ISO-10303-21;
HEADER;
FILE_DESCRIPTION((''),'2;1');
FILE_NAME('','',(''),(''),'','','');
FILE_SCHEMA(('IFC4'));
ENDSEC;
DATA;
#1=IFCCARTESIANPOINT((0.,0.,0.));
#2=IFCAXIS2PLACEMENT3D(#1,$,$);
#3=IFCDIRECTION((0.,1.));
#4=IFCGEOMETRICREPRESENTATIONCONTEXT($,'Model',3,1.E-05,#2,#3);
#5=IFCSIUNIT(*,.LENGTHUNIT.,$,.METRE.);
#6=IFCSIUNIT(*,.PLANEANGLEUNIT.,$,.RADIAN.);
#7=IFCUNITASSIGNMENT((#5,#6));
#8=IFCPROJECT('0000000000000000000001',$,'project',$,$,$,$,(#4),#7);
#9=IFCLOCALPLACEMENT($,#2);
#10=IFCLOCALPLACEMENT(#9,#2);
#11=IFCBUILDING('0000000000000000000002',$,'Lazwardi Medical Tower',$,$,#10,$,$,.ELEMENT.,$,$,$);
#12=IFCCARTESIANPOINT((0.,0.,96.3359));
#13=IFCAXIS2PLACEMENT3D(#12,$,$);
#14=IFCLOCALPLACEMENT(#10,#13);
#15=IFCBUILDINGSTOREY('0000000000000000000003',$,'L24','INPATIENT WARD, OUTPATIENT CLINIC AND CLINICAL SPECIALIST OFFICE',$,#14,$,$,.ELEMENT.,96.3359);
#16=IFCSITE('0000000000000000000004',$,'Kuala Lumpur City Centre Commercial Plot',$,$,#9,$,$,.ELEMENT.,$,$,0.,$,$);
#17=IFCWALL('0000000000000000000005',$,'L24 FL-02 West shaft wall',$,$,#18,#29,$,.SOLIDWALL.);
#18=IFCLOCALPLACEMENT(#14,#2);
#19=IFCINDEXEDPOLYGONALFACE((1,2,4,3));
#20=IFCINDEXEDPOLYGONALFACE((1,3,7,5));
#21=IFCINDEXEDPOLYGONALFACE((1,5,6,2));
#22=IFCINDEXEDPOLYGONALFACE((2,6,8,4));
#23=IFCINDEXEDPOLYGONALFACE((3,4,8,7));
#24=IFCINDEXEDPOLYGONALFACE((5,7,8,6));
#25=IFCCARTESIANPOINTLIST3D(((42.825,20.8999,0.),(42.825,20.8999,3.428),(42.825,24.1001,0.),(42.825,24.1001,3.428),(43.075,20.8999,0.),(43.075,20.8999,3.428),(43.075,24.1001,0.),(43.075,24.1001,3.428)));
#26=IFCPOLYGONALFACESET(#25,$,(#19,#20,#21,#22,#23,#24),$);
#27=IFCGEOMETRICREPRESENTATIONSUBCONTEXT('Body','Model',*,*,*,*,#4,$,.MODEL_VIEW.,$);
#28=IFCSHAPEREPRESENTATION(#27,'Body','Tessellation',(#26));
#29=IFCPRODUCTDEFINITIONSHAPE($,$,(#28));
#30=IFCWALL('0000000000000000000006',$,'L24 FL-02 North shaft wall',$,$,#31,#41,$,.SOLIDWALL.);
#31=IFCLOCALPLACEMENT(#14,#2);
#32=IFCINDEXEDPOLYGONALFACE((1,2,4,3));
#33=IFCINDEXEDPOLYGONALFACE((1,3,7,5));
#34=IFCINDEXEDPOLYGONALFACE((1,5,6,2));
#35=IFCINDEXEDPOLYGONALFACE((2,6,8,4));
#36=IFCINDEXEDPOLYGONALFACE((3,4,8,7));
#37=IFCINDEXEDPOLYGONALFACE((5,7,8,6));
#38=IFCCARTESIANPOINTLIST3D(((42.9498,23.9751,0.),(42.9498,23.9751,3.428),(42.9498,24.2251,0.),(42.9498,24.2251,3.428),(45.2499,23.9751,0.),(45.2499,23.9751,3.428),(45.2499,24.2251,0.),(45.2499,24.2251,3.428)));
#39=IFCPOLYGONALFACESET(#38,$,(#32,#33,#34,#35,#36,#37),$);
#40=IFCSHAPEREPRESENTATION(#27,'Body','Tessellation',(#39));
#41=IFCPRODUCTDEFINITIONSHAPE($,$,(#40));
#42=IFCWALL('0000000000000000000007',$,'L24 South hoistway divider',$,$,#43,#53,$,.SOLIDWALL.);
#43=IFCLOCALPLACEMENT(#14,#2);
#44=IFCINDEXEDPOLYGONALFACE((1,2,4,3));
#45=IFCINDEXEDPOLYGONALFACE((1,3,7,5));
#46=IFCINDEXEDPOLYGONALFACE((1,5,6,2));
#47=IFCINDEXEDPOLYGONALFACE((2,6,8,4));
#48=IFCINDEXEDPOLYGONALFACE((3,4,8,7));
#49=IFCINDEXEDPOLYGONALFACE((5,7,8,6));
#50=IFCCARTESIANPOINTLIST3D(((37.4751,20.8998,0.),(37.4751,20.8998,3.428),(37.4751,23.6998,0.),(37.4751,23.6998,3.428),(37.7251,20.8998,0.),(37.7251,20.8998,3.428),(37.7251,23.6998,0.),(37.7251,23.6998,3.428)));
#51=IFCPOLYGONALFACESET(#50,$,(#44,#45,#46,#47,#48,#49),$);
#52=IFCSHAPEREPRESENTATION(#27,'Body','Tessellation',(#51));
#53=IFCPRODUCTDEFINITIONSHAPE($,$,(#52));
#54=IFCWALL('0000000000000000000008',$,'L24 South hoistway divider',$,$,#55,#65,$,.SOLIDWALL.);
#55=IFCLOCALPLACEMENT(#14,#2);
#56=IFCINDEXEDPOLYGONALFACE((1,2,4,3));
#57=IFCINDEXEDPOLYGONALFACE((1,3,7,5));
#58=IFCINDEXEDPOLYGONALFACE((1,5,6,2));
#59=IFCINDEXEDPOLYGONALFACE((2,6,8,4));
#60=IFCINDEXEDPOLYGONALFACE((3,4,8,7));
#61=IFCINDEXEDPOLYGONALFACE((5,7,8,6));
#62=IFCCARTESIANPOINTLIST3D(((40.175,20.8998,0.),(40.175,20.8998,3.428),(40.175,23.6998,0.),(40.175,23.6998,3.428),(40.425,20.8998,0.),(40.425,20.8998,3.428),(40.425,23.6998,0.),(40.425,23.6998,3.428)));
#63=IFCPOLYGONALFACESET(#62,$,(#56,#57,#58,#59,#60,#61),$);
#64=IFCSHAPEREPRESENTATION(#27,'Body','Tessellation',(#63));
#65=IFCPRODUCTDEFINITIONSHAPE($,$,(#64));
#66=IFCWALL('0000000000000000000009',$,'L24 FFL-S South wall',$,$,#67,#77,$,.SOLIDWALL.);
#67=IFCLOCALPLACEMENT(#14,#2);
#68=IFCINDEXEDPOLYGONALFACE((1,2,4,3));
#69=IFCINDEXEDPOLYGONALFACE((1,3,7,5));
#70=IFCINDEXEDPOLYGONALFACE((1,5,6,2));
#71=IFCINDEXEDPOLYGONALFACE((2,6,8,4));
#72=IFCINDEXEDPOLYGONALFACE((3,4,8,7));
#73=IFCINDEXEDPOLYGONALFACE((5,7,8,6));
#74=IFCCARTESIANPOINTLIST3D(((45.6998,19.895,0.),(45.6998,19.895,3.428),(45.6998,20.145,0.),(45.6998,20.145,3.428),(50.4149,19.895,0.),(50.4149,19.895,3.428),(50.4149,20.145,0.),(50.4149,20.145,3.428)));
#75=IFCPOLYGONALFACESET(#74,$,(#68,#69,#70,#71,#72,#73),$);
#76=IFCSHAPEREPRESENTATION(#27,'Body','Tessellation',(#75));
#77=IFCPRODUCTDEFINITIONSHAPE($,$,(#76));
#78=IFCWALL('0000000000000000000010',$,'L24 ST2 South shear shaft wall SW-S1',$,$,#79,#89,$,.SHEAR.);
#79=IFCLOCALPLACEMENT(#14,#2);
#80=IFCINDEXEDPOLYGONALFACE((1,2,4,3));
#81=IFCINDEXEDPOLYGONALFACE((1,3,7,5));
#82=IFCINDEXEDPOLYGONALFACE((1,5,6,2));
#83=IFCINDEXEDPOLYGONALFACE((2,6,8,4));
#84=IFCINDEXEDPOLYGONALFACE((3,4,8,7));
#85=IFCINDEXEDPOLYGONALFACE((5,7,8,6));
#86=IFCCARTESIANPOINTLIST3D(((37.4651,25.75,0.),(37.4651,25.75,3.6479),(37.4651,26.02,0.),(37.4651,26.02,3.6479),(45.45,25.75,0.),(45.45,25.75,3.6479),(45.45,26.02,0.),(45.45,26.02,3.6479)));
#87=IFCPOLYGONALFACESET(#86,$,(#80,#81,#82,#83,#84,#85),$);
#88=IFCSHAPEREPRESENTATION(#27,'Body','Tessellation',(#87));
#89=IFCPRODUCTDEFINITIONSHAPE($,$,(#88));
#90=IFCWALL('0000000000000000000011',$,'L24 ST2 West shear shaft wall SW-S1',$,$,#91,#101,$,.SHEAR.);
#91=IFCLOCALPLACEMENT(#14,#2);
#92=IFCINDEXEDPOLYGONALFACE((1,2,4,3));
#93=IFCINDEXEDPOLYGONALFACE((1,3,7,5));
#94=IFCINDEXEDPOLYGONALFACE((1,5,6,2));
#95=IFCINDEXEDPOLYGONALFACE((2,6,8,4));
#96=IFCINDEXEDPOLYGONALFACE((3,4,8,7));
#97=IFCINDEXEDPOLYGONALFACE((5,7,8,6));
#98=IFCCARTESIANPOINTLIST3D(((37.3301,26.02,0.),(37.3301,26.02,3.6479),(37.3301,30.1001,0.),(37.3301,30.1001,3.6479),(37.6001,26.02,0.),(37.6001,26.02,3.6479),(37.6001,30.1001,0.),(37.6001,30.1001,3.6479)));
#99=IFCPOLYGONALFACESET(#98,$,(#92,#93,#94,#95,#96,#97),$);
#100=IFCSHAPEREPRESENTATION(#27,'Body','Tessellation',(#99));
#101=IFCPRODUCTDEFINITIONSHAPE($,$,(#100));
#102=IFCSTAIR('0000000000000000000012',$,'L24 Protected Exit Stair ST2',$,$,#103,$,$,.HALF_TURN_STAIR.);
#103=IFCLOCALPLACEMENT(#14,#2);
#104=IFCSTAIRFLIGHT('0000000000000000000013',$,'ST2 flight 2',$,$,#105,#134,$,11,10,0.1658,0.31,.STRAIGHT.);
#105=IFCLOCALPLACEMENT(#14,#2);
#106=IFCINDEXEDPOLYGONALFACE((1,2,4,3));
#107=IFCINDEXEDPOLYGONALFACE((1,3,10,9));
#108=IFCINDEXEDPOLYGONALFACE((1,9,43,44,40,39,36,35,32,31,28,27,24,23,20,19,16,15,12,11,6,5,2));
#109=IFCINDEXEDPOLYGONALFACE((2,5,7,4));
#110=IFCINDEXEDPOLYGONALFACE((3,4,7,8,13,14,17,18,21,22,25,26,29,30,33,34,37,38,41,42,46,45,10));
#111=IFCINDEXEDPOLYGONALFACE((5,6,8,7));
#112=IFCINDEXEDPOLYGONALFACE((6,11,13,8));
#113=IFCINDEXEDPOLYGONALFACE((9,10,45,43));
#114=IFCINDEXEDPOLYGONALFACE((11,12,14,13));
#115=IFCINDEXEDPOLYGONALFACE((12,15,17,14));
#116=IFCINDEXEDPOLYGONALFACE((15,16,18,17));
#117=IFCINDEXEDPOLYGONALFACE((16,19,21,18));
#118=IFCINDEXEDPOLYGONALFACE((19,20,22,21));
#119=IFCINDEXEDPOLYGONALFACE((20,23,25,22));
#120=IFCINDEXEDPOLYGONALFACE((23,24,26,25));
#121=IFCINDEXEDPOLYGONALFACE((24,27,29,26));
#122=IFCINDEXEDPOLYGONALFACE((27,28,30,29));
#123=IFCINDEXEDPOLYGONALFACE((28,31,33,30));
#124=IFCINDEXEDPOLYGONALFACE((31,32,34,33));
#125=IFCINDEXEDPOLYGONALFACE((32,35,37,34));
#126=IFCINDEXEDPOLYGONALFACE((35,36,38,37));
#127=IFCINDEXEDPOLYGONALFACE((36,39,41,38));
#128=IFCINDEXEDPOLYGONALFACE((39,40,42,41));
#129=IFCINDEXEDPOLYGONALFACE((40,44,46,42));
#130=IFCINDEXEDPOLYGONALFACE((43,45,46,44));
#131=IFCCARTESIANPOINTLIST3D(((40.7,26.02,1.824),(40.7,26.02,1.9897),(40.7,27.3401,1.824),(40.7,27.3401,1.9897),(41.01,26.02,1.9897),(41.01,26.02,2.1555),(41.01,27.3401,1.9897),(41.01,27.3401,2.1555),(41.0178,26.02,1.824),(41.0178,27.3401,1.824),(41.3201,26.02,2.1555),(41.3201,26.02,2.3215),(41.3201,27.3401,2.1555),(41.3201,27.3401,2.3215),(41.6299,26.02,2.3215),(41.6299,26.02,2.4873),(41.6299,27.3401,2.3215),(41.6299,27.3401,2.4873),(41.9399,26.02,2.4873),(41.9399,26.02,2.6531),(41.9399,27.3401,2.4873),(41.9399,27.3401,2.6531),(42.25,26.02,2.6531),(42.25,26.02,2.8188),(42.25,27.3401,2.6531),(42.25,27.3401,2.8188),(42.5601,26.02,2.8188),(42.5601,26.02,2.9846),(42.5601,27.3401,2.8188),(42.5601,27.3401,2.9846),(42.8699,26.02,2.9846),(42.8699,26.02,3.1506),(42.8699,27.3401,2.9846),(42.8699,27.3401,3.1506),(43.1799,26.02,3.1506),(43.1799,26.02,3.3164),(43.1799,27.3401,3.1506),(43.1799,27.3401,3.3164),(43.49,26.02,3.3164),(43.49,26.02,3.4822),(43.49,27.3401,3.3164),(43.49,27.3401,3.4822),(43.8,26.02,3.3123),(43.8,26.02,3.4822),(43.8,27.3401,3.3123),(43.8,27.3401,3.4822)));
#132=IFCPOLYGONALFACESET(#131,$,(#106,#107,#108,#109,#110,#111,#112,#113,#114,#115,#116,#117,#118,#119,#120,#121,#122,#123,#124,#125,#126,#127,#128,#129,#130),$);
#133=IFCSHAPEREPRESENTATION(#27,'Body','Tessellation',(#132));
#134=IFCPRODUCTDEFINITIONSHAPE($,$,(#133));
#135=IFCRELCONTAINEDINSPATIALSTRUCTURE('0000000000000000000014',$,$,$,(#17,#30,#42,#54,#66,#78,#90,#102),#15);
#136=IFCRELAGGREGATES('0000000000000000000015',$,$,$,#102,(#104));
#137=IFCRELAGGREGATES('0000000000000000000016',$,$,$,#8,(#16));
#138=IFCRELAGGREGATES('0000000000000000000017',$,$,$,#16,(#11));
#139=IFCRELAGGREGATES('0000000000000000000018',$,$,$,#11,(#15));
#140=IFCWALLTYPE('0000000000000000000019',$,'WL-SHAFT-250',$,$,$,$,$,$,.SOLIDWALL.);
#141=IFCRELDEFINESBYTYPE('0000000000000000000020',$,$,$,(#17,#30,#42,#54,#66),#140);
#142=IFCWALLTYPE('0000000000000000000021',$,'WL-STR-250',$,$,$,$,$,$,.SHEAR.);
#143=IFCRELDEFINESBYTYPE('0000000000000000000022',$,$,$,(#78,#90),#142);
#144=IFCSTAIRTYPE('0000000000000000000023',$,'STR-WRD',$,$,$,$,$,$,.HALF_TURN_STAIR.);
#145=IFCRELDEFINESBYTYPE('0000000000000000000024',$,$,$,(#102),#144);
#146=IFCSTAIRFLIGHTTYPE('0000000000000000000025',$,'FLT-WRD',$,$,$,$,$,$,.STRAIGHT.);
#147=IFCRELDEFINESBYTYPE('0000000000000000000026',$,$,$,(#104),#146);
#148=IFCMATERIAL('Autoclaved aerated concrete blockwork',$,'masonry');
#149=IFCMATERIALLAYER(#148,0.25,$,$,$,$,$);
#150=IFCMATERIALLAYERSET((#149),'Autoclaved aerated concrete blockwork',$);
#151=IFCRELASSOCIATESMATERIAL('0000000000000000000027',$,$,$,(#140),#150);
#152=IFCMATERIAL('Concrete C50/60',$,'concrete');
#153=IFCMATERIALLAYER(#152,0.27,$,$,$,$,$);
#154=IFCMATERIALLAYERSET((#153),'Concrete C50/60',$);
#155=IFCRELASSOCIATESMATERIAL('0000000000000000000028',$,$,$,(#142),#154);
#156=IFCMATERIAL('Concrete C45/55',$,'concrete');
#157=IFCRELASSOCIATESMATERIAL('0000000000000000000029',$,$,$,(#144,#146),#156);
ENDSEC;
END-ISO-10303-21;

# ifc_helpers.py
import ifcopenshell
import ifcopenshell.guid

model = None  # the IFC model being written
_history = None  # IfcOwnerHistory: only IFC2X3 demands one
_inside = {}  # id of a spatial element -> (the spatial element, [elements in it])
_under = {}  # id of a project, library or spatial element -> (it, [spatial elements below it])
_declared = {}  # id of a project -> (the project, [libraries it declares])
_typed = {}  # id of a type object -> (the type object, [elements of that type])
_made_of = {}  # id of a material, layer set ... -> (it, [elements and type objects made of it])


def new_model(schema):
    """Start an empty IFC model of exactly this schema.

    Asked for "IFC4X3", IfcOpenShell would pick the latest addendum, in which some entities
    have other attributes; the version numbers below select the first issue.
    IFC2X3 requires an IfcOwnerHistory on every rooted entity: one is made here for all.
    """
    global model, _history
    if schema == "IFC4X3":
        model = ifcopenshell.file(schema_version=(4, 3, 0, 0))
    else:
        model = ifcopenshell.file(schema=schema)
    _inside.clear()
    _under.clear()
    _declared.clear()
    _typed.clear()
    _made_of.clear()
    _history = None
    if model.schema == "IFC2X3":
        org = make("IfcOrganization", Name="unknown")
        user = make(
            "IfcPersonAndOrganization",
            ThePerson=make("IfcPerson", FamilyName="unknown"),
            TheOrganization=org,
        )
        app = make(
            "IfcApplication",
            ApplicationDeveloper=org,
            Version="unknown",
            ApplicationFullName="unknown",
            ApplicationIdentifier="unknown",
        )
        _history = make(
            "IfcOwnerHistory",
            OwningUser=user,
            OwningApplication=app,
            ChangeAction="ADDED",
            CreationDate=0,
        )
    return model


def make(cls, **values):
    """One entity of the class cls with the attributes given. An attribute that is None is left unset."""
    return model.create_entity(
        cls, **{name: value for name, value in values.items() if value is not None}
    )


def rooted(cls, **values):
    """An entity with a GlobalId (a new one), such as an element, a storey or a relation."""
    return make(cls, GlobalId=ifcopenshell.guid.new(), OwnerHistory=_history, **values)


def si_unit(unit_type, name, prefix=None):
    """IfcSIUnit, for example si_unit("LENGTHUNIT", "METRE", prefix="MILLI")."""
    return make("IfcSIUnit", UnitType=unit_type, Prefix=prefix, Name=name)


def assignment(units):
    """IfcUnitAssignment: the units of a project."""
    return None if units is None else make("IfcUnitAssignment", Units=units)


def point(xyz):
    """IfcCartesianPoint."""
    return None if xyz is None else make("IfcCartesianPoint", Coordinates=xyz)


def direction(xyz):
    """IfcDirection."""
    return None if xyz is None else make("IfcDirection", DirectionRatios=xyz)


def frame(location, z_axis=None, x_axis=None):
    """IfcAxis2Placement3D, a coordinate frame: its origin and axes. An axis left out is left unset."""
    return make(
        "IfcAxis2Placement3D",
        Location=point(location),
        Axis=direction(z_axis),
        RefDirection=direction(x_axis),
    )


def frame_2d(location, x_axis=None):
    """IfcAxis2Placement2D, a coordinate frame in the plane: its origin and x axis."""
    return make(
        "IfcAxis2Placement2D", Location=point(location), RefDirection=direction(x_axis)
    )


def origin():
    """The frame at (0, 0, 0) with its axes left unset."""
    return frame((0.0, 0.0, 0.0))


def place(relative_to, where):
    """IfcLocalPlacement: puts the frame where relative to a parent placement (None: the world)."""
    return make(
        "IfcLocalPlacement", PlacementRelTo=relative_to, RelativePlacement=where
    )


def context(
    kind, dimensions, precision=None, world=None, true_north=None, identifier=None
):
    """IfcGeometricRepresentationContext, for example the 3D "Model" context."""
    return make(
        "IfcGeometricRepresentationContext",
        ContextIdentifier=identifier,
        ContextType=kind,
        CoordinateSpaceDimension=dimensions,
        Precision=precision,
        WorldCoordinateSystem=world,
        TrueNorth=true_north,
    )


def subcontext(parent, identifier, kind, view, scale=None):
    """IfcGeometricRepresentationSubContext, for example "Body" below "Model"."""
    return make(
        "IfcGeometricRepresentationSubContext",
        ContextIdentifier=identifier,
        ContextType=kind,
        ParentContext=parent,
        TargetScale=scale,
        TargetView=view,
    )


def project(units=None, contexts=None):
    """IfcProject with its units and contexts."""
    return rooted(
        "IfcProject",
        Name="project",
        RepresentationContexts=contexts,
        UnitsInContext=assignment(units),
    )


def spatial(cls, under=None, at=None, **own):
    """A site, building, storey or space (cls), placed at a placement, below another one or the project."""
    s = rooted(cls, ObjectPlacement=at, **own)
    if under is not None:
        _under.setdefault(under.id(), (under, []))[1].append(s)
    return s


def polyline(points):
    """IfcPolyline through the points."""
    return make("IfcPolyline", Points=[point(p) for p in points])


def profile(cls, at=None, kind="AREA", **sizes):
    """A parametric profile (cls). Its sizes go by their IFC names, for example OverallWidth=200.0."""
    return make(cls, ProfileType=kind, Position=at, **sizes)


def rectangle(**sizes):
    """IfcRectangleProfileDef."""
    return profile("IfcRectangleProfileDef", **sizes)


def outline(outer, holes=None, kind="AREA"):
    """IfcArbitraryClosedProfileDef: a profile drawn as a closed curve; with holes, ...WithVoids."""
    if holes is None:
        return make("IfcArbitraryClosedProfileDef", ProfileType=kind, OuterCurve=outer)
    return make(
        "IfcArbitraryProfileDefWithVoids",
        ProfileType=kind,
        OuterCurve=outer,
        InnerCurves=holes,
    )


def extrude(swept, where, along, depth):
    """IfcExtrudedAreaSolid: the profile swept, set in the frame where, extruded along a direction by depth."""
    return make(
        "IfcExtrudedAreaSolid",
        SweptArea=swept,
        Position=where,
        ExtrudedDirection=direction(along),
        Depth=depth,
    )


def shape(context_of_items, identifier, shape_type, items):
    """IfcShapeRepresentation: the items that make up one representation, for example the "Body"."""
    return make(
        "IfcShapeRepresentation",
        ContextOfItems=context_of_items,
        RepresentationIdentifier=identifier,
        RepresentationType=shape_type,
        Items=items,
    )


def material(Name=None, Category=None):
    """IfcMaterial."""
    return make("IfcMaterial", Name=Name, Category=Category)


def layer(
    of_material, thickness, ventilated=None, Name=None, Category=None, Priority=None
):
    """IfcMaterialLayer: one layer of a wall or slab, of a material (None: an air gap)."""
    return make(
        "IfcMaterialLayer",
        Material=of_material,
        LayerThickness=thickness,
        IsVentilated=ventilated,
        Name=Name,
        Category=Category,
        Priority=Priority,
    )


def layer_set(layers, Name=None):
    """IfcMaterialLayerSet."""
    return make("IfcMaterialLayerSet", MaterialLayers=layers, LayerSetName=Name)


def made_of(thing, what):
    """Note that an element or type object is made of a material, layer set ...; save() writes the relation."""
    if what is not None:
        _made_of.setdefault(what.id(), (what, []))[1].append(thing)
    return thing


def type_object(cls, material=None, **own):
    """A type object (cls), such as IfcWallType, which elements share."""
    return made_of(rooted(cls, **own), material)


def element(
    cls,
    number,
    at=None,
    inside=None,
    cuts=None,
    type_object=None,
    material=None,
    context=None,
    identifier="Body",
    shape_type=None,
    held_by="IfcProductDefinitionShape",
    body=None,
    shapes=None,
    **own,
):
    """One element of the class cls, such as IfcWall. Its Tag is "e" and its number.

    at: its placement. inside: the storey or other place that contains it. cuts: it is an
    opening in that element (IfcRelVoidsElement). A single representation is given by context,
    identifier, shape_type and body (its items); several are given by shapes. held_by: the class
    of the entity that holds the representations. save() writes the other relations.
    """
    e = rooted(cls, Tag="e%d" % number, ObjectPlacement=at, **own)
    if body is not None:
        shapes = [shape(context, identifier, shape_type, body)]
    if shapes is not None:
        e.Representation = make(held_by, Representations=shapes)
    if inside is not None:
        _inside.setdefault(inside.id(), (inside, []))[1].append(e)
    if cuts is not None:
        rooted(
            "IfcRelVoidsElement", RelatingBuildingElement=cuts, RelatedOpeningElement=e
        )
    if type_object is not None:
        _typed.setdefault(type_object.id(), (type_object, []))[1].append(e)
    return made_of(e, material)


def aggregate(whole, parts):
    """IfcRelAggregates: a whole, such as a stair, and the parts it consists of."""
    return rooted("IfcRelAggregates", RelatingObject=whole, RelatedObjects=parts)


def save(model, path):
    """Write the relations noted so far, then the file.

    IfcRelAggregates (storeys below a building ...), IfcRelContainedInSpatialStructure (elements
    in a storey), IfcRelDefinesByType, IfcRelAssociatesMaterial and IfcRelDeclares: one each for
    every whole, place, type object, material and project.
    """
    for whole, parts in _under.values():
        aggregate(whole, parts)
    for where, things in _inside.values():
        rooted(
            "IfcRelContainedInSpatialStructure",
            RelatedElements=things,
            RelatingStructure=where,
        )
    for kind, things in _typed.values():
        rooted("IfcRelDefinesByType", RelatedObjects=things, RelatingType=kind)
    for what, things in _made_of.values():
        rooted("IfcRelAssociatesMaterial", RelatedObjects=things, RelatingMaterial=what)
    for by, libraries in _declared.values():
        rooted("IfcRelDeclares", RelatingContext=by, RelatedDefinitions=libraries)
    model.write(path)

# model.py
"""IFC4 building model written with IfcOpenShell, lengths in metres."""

from ifc_helpers import new_model, si_unit, direction, frame, frame_2d, origin, place, context, subcontext, project, spatial, polyline, rectangle, outline, extrude, material, layer, layer_set, type_object, element, aggregate, save


model = new_model("IFC4")

# Units and contexts
model_context = context("Model", 3, precision=1e-05, world=origin(), true_north=direction((0.0, 1.0)))
body_context = subcontext(model_context, "Body", "Model", "MODEL_VIEW")
ifc_project = project(units=[si_unit("LENGTHUNIT", "METRE"), si_unit("PLANEANGLEUNIT", "RADIAN")], contexts=[model_context])

# Site, building, storey
site_placement = place(None, origin())
site = spatial("IfcSite", under=ifc_project, at=site_placement, Name="Kuala Lumpur City Centre Commercial Plot", CompositionType="ELEMENT", RefElevation=0.0)
building_placement = place(site_placement, origin())
building = spatial("IfcBuilding", under=site, at=building_placement, Name="Lazwardi Medical Tower", CompositionType="ELEMENT")
storey_placement = place(building_placement, frame((0.0, 0.0, 96.3359)))
storey = spatial("IfcBuildingStorey", under=building, at=storey_placement, Name="L24", Description="INPATIENT WARD, OUTPATIENT CLINIC AND CLINICAL SPECIALIST OFFICE", CompositionType="ELEMENT", Elevation=96.3359)

# Walls
ifc_material_1 = material(Name="Autoclaved aerated concrete blockwork", Category="masonry")
ifc_layer_1 = layer(ifc_material_1, 0.25)
ifc_layer_set_1 = layer_set([ifc_layer_1], Name="Autoclaved aerated concrete blockwork")
wall_type_1 = type_object("IfcWallType", Name="WL-SHAFT-250", PredefinedType="SOLIDWALL", material=ifc_layer_set_1)
wall_1_placement = place(storey_placement, frame((42.95, 20.8999, 0.0), z_axis=(0.0, 0.0, 1.0), x_axis=(0.0, 1.0, 0.0)))
element("IfcWall", 1, at=wall_1_placement, inside=storey, type_object=wall_type_1, Name="L24 FL-02 West shaft wall", PredefinedType="SOLIDWALL", context=body_context, shape_type="SweptSolid", body=[
    extrude(rectangle(XDim=3.2002, YDim=0.25, at=frame_2d((1.6001, 0.0))), origin(), (0.0, 0.0, 1.0), 3.428),
])
wall_2_placement = place(storey_placement, frame((42.95, 24.1001, 0.0), z_axis=(0.0, 0.0, 1.0), x_axis=(1.0, 0.0, 0.0)))
element("IfcWall", 2, at=wall_2_placement, inside=storey, type_object=wall_type_1, Name="L24 FL-02 North shaft wall", PredefinedType="SOLIDWALL", context=body_context, shape_type="SweptSolid", body=[
    extrude(rectangle(XDim=2.3, YDim=0.25, at=frame_2d((1.1499, 0.0))), origin(), (0.0, 0.0, 1.0), 3.428),
])
for number, where, z_axis, x_axis, name in (
    (3, (37.6001, 20.8999, 0.0), (0.0, 0.0, 1.0), (0.0, 1.0, 0.0), "L24 South hoistway divider"),
    (4, (40.3, 20.8999, 0.0), (0.0, 0.0, 1.0), (0.0, 1.0, 0.0), "L24 South hoistway divider"),
):
    element("IfcWall", number, at=place(storey_placement, frame(where, z_axis=z_axis, x_axis=x_axis)), inside=storey, type_object=wall_type_1, Name=name, PredefinedType="SOLIDWALL", context=body_context, shape_type="SweptSolid", body=[
        extrude(rectangle(XDim=2.8, YDim=0.25, at=frame_2d((1.3999, 0.0))), origin(), (0.0, 0.0, 1.0), 3.428),
    ])
wall_3_placement = place(storey_placement, frame((45.7, 20.02, 0.0), z_axis=(0.0, 0.0, 1.0), x_axis=(1.0, 0.0, 0.0)))
element("IfcWall", 5, at=wall_3_placement, inside=storey, type_object=wall_type_1, Name="L24 FFL-S South wall", PredefinedType="SOLIDWALL", context=body_context, shape_type="SweptSolid", body=[
    extrude(rectangle(XDim=4.7151, YDim=0.25, at=frame_2d((2.3574, 0.0))), origin(), (0.0, 0.0, 1.0), 3.428),
])
ifc_material_2 = material(Name="Concrete C50/60", Category="concrete")
ifc_layer_2 = layer(ifc_material_2, 0.27)
ifc_layer_set_2 = layer_set([ifc_layer_2], Name="Concrete C50/60")
wall_type_2 = type_object("IfcWallType", Name="WL-STR-250", PredefinedType="SHEAR", material=ifc_layer_set_2)
wall_4_placement = place(storey_placement, frame((37.4651, 25.885, 0.0), z_axis=(0.0, 0.0, 1.0), x_axis=(1.0, 0.0, 0.0)))
element("IfcWall", 6, at=wall_4_placement, inside=storey, type_object=wall_type_2, Name="L24 ST2 South shear shaft wall SW-S1", PredefinedType="SHEAR", context=body_context, shape_type="SweptSolid", body=[
    extrude(rectangle(XDim=7.9849, YDim=0.27, at=frame_2d((3.9924, 0.0))), origin(), (0.0, 0.0, 1.0), 3.6479),
])
wall_5_placement = place(storey_placement, frame((37.4651, 26.02, 0.0), z_axis=(0.0, 0.0, 1.0), x_axis=(0.0, 1.0, 0.0)))
element("IfcWall", 7, at=wall_5_placement, inside=storey, type_object=wall_type_2, Name="L24 ST2 West shear shaft wall SW-S1", PredefinedType="SHEAR", context=body_context, shape_type="SweptSolid", body=[
    extrude(rectangle(XDim=4.0801, YDim=0.27, at=frame_2d((2.04, 0.0))), origin(), (0.0, 0.0, 1.0), 3.6479),
])

# Stair, stair flight
ifc_material_3 = material(Name="Concrete C45/55", Category="concrete")
stair_type = type_object("IfcStairType", Name="STR-WRD", PredefinedType="HALF_TURN_STAIR", material=ifc_material_3)
stair_placement = place(storey_placement, origin())
stair = element("IfcStair", 8, at=stair_placement, inside=storey, type_object=stair_type, Name="L24 Protected Exit Stair ST2", PredefinedType="HALF_TURN_STAIR")
stair_flight_type = type_object("IfcStairFlightType", Name="FLT-WRD", PredefinedType="STRAIGHT", material=ifc_material_3)
stair_flight_placement = place(storey_placement, frame((40.7, 26.6799, 1.824), z_axis=(0.0, 0.0, 1.0), x_axis=(1.0, 0.0, 0.0)))
stair_flight = element("IfcStairFlight", 9, at=stair_flight_placement, type_object=stair_flight_type, Name="ST2 flight 2", NumberOfRisers=11, NumberOfTreads=10, PredefinedType="STRAIGHT", RiserHeight=0.1658, TreadLength=0.31, context=body_context, shape_type="SweptSolid", body=[
    extrude(outline(polyline([(0.0, 0.0), (0.0, 0.1658), (0.3101, 0.1658), (0.3101, 0.3315), (0.6201, 0.3315), (0.6201, 0.4976), (0.9299, 0.4976), (0.9299, 0.6633), (1.24, 0.6633), (1.24, 0.8291), (1.55, 0.8291), (1.55, 0.9949), (1.8601, 0.9949), (1.8601, 1.1606), (2.1699, 1.1606), (2.1699, 1.3267), (2.48, 1.3267), (2.48, 1.4924), (2.79, 1.4924), (2.79, 1.6582), (3.1001, 1.6582), (3.1001, 1.824), (3.1001, 1.4883), (0.3179, 0.0), (0.0, 0.0)])), frame((0.0, 0.6602, 0.0), z_axis=(0.0, -1.0, 0.0), x_axis=(1.0, 0.0, 0.0)), (0.0, 0.0, 1.0), 1.3201),
])
aggregate(stair, [stair_flight])

save(model, "model.ifc")
